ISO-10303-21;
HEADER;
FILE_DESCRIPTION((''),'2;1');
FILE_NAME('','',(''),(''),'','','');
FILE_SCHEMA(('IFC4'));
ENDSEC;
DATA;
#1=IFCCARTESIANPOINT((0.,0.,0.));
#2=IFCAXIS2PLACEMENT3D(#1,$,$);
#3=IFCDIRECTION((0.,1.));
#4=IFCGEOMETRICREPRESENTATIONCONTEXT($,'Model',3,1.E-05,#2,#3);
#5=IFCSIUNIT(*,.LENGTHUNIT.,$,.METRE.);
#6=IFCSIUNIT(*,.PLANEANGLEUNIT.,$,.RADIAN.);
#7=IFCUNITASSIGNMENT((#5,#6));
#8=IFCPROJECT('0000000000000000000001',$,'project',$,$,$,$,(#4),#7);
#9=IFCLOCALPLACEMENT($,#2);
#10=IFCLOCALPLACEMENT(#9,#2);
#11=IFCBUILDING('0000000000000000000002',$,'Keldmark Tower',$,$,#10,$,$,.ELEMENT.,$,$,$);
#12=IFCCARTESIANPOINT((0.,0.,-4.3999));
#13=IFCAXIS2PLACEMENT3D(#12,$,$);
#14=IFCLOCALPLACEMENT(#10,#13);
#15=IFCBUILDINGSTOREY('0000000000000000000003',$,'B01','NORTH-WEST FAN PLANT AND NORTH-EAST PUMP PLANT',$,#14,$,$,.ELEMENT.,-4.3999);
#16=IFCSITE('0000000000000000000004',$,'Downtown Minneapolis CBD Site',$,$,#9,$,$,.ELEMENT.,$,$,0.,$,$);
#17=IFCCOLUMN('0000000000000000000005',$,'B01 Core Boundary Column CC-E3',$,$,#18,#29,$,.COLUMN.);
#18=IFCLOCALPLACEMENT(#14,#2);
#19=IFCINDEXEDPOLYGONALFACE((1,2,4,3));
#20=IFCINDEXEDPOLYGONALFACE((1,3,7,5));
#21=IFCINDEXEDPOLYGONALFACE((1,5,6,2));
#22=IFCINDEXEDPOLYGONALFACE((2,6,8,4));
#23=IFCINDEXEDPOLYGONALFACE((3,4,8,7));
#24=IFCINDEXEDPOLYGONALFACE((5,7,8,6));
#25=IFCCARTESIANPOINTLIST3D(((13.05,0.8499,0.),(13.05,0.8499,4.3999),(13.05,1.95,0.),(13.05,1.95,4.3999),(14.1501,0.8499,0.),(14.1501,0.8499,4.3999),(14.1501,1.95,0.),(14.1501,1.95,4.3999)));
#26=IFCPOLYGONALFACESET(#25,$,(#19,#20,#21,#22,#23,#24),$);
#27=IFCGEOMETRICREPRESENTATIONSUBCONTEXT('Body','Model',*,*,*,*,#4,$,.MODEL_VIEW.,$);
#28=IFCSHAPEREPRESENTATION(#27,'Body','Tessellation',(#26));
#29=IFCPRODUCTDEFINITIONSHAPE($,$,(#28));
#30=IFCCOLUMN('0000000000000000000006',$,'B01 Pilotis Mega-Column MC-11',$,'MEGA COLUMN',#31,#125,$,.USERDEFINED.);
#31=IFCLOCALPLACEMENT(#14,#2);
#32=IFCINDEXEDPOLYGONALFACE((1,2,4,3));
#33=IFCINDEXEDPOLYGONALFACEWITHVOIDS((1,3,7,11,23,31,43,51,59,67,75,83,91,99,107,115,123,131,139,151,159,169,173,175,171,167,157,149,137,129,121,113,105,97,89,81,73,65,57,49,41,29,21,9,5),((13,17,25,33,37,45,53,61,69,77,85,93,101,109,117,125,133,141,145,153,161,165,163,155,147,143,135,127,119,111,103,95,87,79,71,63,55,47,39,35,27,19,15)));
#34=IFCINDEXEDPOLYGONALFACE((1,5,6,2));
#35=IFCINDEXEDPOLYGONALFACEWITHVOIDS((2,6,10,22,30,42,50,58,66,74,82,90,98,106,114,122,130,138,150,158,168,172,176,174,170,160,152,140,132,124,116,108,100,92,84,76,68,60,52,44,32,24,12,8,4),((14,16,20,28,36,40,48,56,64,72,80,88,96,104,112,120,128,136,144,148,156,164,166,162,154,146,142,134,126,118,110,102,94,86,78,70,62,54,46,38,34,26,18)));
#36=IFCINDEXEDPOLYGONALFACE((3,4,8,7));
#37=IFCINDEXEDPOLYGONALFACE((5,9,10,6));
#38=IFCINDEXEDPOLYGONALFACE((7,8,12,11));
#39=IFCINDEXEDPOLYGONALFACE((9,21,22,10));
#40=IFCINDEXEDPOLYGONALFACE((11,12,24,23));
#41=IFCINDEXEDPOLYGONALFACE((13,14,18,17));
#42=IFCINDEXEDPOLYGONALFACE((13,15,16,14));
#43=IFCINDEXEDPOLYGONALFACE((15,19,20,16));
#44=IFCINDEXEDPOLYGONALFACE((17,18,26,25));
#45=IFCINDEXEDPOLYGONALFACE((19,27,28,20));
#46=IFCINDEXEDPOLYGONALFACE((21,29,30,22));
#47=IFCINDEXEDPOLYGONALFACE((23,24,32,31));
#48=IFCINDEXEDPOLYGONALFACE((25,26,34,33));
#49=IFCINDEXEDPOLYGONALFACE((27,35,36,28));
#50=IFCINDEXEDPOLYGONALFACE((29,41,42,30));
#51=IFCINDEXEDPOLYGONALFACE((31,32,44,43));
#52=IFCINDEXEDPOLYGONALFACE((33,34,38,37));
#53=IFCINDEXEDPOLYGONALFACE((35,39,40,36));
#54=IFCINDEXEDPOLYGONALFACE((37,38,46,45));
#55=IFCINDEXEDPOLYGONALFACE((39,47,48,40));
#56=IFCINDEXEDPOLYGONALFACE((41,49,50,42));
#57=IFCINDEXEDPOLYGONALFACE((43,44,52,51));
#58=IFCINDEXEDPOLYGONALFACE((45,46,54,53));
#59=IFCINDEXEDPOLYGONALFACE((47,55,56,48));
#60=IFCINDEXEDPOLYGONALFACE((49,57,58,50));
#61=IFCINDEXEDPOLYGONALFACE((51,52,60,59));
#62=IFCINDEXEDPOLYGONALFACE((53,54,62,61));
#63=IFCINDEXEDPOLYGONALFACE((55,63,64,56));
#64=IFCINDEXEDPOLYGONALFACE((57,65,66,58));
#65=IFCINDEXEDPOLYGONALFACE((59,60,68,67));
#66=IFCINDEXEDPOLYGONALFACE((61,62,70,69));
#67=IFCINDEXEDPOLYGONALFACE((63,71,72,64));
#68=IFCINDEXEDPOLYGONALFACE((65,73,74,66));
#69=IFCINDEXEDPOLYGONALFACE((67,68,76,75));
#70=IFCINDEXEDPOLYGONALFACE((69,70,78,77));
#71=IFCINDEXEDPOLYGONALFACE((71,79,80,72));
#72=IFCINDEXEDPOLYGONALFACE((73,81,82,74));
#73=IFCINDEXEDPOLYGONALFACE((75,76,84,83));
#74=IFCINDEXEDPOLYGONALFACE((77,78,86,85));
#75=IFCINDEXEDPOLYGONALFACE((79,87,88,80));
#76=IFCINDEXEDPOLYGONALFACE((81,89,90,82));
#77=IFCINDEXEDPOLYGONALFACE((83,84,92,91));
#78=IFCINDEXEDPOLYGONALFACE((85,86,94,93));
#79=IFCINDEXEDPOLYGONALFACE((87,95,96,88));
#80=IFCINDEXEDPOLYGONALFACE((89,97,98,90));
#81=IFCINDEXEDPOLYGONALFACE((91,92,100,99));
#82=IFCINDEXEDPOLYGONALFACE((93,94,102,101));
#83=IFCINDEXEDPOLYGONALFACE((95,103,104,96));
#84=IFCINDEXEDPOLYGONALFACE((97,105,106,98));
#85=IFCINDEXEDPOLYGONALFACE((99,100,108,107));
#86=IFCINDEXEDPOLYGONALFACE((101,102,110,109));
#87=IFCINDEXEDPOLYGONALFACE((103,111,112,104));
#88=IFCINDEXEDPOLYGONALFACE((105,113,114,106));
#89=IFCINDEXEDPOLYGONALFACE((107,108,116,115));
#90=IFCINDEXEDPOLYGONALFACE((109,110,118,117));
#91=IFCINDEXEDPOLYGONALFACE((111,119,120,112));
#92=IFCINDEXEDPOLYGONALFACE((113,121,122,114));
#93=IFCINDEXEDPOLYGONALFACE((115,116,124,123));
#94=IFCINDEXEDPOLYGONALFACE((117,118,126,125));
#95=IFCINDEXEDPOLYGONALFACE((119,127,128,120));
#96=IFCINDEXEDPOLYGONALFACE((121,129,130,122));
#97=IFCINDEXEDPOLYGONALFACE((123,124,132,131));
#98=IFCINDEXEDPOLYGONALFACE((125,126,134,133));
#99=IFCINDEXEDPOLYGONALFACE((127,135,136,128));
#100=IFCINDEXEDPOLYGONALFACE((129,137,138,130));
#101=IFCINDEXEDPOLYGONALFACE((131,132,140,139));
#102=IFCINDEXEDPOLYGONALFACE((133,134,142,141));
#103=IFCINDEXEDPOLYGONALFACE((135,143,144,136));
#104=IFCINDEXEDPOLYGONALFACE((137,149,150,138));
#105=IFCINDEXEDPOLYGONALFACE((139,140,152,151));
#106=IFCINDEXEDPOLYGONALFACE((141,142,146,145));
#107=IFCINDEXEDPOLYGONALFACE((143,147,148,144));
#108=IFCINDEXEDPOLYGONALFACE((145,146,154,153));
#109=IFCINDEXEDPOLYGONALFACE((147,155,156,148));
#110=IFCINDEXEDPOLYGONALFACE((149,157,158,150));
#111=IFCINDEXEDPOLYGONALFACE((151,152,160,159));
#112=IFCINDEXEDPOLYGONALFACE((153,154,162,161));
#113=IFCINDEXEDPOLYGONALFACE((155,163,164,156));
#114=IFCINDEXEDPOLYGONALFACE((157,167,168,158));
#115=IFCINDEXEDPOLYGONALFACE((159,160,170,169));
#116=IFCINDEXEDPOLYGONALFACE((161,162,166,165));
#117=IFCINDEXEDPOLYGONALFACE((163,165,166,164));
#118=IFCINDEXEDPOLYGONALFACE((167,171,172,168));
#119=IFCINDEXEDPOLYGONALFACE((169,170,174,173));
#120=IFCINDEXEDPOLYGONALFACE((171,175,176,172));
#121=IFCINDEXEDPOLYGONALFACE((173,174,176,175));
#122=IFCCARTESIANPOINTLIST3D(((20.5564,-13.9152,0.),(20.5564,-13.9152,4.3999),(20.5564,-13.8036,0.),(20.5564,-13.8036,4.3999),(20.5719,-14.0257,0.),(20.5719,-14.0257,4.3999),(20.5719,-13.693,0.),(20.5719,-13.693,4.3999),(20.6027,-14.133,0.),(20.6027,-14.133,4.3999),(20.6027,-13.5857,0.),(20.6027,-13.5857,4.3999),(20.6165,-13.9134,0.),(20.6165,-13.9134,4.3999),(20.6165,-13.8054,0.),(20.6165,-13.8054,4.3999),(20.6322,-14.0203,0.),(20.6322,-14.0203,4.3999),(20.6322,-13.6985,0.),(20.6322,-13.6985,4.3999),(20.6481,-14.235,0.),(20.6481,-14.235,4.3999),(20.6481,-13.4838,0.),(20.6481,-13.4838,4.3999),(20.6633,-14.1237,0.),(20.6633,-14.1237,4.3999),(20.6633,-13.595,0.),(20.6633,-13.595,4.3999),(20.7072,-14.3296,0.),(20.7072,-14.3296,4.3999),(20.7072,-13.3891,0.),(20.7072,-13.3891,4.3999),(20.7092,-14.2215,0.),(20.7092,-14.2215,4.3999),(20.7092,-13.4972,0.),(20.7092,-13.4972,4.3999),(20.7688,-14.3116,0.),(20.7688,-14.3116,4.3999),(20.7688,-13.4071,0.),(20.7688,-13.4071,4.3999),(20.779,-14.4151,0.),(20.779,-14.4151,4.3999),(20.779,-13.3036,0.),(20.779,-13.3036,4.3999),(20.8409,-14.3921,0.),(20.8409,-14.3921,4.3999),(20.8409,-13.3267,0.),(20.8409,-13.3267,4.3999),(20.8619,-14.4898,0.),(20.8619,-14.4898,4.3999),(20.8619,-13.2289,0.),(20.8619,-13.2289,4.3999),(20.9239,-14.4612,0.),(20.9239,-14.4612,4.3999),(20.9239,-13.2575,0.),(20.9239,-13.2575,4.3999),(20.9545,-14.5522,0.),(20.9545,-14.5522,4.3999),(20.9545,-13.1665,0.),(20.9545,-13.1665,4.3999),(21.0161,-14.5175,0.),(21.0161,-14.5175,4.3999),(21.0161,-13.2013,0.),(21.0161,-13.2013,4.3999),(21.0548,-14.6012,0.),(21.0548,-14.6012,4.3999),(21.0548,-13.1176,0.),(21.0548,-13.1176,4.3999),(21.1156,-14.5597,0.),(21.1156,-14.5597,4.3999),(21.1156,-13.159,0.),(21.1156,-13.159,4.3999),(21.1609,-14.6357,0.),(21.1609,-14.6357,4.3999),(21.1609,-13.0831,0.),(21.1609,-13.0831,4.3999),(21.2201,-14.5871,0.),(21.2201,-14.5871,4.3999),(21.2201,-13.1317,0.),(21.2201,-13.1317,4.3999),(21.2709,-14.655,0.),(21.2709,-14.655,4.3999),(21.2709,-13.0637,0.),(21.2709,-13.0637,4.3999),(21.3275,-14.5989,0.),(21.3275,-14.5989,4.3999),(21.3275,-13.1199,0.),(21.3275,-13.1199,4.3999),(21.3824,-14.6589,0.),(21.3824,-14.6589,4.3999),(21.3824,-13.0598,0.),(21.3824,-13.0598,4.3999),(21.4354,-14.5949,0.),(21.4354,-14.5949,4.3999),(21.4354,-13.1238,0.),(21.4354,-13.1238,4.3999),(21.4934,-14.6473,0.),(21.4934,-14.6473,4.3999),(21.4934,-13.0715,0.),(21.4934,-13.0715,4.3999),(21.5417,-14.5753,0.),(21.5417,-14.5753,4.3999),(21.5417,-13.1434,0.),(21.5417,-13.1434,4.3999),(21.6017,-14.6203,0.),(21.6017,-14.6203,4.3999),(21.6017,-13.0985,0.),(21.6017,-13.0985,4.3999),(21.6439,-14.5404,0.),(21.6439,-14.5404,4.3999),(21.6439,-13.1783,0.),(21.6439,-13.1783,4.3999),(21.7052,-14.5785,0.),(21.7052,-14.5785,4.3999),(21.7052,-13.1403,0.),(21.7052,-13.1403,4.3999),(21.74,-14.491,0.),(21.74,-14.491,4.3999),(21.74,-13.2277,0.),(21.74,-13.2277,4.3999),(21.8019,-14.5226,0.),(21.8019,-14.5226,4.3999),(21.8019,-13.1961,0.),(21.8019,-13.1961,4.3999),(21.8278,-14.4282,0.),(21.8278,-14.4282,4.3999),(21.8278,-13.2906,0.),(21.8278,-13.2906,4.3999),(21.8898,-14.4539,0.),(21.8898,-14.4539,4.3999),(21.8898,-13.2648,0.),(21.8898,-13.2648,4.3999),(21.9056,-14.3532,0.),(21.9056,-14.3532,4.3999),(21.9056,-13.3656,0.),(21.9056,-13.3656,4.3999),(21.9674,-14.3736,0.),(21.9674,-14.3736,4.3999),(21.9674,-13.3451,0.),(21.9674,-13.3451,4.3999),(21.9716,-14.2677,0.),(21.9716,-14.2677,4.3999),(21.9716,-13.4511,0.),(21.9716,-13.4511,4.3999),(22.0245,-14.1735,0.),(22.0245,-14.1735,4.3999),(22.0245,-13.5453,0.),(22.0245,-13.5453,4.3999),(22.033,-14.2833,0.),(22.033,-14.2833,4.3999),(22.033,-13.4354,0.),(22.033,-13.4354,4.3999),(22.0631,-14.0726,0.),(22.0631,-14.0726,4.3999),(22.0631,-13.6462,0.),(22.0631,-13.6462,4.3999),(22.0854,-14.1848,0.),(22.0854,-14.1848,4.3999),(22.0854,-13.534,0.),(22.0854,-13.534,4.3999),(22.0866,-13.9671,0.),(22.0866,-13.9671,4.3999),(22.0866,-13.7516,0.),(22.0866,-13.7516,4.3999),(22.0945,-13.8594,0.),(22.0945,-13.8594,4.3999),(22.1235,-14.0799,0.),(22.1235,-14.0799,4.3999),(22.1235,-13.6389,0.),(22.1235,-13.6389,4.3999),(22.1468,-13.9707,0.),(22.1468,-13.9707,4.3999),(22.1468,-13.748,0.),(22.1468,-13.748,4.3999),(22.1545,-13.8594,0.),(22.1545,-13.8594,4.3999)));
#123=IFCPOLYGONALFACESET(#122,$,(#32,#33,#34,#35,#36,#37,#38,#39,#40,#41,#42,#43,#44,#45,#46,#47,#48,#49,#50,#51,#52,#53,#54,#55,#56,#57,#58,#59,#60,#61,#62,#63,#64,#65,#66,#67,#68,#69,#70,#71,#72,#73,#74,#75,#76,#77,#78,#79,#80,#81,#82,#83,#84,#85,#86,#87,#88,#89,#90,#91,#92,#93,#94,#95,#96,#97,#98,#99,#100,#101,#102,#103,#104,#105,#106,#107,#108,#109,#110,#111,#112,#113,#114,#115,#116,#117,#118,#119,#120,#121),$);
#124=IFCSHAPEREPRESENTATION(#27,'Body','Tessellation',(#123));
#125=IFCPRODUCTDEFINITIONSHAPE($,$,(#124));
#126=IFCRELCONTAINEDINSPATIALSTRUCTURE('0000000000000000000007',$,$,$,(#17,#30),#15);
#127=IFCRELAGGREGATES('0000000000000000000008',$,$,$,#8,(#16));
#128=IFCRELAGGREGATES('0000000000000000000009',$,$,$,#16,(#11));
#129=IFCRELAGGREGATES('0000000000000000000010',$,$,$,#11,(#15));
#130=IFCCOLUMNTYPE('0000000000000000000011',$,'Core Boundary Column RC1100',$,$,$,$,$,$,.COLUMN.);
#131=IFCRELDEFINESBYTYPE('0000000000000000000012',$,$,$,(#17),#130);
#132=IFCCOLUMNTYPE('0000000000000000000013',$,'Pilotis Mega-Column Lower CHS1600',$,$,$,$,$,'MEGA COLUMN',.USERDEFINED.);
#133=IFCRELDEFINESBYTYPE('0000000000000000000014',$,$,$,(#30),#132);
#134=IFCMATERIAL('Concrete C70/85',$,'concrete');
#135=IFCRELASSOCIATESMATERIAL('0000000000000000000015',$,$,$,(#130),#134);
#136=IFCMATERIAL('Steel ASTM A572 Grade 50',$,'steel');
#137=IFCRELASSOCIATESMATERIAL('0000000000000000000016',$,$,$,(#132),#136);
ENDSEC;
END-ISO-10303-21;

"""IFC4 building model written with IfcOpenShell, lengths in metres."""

from ifc_helpers import new_model, si_unit, direction, frame, origin, origin_2d, place, context, subcontext, project, spatial, rectangle, hollow_circle, extrude, material, material_profile, profile_set, type_object, element, save


model = new_model("IFC4")

# Units and contexts
model_context = context("Model", 3, precision=1e-05, world=origin(), true_north=direction((0.0, 1.0)))
body_context = subcontext(model_context, "Body", "Model", "MODEL_VIEW")
ifc_project = project(units=[si_unit("LENGTHUNIT", "METRE"), si_unit("PLANEANGLEUNIT", "RADIAN")], contexts=[model_context])

# Site, building, storey
site_placement = place(None, origin())
site = spatial("IfcSite", under=ifc_project, at=site_placement, Name="Downtown Minneapolis CBD Site", CompositionType="ELEMENT", RefElevation=0.0)
building_placement = place(site_placement, origin())
building = spatial("IfcBuilding", under=site, at=building_placement, Name="Keldmark Tower", CompositionType="ELEMENT")
storey_placement = place(building_placement, frame((0.0, 0.0, -4.3999)))
storey = spatial("IfcBuildingStorey", under=building, at=storey_placement, Name="B01", Description="NORTH-WEST FAN PLANT AND NORTH-EAST PUMP PLANT", CompositionType="ELEMENT", Elevation=-4.3999)

# Columns
ifc_material_1 = material(Name="Concrete C70/85", Category="concrete")
ifc_material_profile_1 = material_profile(ifc_material_1, rectangle(XDim=1.1001, YDim=1.1001, at=origin_2d()), Name="RC1100X1100")
ifc_profile_set_1 = profile_set([ifc_material_profile_1], Name="Concrete C70/85")
column_type_1 = type_object("IfcColumnType", Name="Core Boundary Column RC1100", PredefinedType="COLUMN", material=ifc_profile_set_1)
column_placement = place(storey_placement, frame((13.6001, 1.3999, 0.0), z_axis=(0.0, 0.0, 1.0), x_axis=(1.0, 0.0, 0.0)))
element("IfcColumn", 1, at=column_placement, inside=storey, type_object=column_type_1, Name="B01 Core Boundary Column CC-E3", PredefinedType="COLUMN", context=body_context, shape_type="SweptSolid", body=[
    extrude(rectangle(XDim=1.1001, YDim=1.1001, at=origin_2d()), origin(), (0.0, 0.0, 1.0), 4.3999),
])
ifc_material_2 = material(Name="Steel ASTM A572 Grade 50", Category="steel")
ifc_material_profile_2 = material_profile(ifc_material_2, hollow_circle(Radius=0.8, WallThickness=0.0601, at=origin_2d()), Name="CHS1600X60")
ifc_profile_set_2 = profile_set([ifc_material_profile_2], Name="Steel ASTM A572 Grade 50")
column_type_2 = type_object("IfcColumnType", Name="Pilotis Mega-Column Lower CHS1600", ElementType="MEGA COLUMN", PredefinedType="USERDEFINED", material=ifc_profile_set_2)
for number, where, z_axis, x_axis, name in (
    (2, (21.3545, -13.8594, 0.0), (0.0, 0.0, 1.0), (1.0, 0.0, 0.0), "B01 Pilotis Mega-Column MC-11"),
):
    element("IfcColumn", number, at=place(storey_placement, frame(where, z_axis=z_axis, x_axis=x_axis)), inside=storey, type_object=column_type_2, Name=name, ObjectType="MEGA COLUMN", PredefinedType="USERDEFINED", context=body_context, shape_type="SweptSolid", body=[
        extrude(hollow_circle(Radius=0.8, WallThickness=0.0601, at=origin_2d()), origin(), (0.0, 0.0, 1.0), 4.3999),
    ])

save(model, "model.ifc")
